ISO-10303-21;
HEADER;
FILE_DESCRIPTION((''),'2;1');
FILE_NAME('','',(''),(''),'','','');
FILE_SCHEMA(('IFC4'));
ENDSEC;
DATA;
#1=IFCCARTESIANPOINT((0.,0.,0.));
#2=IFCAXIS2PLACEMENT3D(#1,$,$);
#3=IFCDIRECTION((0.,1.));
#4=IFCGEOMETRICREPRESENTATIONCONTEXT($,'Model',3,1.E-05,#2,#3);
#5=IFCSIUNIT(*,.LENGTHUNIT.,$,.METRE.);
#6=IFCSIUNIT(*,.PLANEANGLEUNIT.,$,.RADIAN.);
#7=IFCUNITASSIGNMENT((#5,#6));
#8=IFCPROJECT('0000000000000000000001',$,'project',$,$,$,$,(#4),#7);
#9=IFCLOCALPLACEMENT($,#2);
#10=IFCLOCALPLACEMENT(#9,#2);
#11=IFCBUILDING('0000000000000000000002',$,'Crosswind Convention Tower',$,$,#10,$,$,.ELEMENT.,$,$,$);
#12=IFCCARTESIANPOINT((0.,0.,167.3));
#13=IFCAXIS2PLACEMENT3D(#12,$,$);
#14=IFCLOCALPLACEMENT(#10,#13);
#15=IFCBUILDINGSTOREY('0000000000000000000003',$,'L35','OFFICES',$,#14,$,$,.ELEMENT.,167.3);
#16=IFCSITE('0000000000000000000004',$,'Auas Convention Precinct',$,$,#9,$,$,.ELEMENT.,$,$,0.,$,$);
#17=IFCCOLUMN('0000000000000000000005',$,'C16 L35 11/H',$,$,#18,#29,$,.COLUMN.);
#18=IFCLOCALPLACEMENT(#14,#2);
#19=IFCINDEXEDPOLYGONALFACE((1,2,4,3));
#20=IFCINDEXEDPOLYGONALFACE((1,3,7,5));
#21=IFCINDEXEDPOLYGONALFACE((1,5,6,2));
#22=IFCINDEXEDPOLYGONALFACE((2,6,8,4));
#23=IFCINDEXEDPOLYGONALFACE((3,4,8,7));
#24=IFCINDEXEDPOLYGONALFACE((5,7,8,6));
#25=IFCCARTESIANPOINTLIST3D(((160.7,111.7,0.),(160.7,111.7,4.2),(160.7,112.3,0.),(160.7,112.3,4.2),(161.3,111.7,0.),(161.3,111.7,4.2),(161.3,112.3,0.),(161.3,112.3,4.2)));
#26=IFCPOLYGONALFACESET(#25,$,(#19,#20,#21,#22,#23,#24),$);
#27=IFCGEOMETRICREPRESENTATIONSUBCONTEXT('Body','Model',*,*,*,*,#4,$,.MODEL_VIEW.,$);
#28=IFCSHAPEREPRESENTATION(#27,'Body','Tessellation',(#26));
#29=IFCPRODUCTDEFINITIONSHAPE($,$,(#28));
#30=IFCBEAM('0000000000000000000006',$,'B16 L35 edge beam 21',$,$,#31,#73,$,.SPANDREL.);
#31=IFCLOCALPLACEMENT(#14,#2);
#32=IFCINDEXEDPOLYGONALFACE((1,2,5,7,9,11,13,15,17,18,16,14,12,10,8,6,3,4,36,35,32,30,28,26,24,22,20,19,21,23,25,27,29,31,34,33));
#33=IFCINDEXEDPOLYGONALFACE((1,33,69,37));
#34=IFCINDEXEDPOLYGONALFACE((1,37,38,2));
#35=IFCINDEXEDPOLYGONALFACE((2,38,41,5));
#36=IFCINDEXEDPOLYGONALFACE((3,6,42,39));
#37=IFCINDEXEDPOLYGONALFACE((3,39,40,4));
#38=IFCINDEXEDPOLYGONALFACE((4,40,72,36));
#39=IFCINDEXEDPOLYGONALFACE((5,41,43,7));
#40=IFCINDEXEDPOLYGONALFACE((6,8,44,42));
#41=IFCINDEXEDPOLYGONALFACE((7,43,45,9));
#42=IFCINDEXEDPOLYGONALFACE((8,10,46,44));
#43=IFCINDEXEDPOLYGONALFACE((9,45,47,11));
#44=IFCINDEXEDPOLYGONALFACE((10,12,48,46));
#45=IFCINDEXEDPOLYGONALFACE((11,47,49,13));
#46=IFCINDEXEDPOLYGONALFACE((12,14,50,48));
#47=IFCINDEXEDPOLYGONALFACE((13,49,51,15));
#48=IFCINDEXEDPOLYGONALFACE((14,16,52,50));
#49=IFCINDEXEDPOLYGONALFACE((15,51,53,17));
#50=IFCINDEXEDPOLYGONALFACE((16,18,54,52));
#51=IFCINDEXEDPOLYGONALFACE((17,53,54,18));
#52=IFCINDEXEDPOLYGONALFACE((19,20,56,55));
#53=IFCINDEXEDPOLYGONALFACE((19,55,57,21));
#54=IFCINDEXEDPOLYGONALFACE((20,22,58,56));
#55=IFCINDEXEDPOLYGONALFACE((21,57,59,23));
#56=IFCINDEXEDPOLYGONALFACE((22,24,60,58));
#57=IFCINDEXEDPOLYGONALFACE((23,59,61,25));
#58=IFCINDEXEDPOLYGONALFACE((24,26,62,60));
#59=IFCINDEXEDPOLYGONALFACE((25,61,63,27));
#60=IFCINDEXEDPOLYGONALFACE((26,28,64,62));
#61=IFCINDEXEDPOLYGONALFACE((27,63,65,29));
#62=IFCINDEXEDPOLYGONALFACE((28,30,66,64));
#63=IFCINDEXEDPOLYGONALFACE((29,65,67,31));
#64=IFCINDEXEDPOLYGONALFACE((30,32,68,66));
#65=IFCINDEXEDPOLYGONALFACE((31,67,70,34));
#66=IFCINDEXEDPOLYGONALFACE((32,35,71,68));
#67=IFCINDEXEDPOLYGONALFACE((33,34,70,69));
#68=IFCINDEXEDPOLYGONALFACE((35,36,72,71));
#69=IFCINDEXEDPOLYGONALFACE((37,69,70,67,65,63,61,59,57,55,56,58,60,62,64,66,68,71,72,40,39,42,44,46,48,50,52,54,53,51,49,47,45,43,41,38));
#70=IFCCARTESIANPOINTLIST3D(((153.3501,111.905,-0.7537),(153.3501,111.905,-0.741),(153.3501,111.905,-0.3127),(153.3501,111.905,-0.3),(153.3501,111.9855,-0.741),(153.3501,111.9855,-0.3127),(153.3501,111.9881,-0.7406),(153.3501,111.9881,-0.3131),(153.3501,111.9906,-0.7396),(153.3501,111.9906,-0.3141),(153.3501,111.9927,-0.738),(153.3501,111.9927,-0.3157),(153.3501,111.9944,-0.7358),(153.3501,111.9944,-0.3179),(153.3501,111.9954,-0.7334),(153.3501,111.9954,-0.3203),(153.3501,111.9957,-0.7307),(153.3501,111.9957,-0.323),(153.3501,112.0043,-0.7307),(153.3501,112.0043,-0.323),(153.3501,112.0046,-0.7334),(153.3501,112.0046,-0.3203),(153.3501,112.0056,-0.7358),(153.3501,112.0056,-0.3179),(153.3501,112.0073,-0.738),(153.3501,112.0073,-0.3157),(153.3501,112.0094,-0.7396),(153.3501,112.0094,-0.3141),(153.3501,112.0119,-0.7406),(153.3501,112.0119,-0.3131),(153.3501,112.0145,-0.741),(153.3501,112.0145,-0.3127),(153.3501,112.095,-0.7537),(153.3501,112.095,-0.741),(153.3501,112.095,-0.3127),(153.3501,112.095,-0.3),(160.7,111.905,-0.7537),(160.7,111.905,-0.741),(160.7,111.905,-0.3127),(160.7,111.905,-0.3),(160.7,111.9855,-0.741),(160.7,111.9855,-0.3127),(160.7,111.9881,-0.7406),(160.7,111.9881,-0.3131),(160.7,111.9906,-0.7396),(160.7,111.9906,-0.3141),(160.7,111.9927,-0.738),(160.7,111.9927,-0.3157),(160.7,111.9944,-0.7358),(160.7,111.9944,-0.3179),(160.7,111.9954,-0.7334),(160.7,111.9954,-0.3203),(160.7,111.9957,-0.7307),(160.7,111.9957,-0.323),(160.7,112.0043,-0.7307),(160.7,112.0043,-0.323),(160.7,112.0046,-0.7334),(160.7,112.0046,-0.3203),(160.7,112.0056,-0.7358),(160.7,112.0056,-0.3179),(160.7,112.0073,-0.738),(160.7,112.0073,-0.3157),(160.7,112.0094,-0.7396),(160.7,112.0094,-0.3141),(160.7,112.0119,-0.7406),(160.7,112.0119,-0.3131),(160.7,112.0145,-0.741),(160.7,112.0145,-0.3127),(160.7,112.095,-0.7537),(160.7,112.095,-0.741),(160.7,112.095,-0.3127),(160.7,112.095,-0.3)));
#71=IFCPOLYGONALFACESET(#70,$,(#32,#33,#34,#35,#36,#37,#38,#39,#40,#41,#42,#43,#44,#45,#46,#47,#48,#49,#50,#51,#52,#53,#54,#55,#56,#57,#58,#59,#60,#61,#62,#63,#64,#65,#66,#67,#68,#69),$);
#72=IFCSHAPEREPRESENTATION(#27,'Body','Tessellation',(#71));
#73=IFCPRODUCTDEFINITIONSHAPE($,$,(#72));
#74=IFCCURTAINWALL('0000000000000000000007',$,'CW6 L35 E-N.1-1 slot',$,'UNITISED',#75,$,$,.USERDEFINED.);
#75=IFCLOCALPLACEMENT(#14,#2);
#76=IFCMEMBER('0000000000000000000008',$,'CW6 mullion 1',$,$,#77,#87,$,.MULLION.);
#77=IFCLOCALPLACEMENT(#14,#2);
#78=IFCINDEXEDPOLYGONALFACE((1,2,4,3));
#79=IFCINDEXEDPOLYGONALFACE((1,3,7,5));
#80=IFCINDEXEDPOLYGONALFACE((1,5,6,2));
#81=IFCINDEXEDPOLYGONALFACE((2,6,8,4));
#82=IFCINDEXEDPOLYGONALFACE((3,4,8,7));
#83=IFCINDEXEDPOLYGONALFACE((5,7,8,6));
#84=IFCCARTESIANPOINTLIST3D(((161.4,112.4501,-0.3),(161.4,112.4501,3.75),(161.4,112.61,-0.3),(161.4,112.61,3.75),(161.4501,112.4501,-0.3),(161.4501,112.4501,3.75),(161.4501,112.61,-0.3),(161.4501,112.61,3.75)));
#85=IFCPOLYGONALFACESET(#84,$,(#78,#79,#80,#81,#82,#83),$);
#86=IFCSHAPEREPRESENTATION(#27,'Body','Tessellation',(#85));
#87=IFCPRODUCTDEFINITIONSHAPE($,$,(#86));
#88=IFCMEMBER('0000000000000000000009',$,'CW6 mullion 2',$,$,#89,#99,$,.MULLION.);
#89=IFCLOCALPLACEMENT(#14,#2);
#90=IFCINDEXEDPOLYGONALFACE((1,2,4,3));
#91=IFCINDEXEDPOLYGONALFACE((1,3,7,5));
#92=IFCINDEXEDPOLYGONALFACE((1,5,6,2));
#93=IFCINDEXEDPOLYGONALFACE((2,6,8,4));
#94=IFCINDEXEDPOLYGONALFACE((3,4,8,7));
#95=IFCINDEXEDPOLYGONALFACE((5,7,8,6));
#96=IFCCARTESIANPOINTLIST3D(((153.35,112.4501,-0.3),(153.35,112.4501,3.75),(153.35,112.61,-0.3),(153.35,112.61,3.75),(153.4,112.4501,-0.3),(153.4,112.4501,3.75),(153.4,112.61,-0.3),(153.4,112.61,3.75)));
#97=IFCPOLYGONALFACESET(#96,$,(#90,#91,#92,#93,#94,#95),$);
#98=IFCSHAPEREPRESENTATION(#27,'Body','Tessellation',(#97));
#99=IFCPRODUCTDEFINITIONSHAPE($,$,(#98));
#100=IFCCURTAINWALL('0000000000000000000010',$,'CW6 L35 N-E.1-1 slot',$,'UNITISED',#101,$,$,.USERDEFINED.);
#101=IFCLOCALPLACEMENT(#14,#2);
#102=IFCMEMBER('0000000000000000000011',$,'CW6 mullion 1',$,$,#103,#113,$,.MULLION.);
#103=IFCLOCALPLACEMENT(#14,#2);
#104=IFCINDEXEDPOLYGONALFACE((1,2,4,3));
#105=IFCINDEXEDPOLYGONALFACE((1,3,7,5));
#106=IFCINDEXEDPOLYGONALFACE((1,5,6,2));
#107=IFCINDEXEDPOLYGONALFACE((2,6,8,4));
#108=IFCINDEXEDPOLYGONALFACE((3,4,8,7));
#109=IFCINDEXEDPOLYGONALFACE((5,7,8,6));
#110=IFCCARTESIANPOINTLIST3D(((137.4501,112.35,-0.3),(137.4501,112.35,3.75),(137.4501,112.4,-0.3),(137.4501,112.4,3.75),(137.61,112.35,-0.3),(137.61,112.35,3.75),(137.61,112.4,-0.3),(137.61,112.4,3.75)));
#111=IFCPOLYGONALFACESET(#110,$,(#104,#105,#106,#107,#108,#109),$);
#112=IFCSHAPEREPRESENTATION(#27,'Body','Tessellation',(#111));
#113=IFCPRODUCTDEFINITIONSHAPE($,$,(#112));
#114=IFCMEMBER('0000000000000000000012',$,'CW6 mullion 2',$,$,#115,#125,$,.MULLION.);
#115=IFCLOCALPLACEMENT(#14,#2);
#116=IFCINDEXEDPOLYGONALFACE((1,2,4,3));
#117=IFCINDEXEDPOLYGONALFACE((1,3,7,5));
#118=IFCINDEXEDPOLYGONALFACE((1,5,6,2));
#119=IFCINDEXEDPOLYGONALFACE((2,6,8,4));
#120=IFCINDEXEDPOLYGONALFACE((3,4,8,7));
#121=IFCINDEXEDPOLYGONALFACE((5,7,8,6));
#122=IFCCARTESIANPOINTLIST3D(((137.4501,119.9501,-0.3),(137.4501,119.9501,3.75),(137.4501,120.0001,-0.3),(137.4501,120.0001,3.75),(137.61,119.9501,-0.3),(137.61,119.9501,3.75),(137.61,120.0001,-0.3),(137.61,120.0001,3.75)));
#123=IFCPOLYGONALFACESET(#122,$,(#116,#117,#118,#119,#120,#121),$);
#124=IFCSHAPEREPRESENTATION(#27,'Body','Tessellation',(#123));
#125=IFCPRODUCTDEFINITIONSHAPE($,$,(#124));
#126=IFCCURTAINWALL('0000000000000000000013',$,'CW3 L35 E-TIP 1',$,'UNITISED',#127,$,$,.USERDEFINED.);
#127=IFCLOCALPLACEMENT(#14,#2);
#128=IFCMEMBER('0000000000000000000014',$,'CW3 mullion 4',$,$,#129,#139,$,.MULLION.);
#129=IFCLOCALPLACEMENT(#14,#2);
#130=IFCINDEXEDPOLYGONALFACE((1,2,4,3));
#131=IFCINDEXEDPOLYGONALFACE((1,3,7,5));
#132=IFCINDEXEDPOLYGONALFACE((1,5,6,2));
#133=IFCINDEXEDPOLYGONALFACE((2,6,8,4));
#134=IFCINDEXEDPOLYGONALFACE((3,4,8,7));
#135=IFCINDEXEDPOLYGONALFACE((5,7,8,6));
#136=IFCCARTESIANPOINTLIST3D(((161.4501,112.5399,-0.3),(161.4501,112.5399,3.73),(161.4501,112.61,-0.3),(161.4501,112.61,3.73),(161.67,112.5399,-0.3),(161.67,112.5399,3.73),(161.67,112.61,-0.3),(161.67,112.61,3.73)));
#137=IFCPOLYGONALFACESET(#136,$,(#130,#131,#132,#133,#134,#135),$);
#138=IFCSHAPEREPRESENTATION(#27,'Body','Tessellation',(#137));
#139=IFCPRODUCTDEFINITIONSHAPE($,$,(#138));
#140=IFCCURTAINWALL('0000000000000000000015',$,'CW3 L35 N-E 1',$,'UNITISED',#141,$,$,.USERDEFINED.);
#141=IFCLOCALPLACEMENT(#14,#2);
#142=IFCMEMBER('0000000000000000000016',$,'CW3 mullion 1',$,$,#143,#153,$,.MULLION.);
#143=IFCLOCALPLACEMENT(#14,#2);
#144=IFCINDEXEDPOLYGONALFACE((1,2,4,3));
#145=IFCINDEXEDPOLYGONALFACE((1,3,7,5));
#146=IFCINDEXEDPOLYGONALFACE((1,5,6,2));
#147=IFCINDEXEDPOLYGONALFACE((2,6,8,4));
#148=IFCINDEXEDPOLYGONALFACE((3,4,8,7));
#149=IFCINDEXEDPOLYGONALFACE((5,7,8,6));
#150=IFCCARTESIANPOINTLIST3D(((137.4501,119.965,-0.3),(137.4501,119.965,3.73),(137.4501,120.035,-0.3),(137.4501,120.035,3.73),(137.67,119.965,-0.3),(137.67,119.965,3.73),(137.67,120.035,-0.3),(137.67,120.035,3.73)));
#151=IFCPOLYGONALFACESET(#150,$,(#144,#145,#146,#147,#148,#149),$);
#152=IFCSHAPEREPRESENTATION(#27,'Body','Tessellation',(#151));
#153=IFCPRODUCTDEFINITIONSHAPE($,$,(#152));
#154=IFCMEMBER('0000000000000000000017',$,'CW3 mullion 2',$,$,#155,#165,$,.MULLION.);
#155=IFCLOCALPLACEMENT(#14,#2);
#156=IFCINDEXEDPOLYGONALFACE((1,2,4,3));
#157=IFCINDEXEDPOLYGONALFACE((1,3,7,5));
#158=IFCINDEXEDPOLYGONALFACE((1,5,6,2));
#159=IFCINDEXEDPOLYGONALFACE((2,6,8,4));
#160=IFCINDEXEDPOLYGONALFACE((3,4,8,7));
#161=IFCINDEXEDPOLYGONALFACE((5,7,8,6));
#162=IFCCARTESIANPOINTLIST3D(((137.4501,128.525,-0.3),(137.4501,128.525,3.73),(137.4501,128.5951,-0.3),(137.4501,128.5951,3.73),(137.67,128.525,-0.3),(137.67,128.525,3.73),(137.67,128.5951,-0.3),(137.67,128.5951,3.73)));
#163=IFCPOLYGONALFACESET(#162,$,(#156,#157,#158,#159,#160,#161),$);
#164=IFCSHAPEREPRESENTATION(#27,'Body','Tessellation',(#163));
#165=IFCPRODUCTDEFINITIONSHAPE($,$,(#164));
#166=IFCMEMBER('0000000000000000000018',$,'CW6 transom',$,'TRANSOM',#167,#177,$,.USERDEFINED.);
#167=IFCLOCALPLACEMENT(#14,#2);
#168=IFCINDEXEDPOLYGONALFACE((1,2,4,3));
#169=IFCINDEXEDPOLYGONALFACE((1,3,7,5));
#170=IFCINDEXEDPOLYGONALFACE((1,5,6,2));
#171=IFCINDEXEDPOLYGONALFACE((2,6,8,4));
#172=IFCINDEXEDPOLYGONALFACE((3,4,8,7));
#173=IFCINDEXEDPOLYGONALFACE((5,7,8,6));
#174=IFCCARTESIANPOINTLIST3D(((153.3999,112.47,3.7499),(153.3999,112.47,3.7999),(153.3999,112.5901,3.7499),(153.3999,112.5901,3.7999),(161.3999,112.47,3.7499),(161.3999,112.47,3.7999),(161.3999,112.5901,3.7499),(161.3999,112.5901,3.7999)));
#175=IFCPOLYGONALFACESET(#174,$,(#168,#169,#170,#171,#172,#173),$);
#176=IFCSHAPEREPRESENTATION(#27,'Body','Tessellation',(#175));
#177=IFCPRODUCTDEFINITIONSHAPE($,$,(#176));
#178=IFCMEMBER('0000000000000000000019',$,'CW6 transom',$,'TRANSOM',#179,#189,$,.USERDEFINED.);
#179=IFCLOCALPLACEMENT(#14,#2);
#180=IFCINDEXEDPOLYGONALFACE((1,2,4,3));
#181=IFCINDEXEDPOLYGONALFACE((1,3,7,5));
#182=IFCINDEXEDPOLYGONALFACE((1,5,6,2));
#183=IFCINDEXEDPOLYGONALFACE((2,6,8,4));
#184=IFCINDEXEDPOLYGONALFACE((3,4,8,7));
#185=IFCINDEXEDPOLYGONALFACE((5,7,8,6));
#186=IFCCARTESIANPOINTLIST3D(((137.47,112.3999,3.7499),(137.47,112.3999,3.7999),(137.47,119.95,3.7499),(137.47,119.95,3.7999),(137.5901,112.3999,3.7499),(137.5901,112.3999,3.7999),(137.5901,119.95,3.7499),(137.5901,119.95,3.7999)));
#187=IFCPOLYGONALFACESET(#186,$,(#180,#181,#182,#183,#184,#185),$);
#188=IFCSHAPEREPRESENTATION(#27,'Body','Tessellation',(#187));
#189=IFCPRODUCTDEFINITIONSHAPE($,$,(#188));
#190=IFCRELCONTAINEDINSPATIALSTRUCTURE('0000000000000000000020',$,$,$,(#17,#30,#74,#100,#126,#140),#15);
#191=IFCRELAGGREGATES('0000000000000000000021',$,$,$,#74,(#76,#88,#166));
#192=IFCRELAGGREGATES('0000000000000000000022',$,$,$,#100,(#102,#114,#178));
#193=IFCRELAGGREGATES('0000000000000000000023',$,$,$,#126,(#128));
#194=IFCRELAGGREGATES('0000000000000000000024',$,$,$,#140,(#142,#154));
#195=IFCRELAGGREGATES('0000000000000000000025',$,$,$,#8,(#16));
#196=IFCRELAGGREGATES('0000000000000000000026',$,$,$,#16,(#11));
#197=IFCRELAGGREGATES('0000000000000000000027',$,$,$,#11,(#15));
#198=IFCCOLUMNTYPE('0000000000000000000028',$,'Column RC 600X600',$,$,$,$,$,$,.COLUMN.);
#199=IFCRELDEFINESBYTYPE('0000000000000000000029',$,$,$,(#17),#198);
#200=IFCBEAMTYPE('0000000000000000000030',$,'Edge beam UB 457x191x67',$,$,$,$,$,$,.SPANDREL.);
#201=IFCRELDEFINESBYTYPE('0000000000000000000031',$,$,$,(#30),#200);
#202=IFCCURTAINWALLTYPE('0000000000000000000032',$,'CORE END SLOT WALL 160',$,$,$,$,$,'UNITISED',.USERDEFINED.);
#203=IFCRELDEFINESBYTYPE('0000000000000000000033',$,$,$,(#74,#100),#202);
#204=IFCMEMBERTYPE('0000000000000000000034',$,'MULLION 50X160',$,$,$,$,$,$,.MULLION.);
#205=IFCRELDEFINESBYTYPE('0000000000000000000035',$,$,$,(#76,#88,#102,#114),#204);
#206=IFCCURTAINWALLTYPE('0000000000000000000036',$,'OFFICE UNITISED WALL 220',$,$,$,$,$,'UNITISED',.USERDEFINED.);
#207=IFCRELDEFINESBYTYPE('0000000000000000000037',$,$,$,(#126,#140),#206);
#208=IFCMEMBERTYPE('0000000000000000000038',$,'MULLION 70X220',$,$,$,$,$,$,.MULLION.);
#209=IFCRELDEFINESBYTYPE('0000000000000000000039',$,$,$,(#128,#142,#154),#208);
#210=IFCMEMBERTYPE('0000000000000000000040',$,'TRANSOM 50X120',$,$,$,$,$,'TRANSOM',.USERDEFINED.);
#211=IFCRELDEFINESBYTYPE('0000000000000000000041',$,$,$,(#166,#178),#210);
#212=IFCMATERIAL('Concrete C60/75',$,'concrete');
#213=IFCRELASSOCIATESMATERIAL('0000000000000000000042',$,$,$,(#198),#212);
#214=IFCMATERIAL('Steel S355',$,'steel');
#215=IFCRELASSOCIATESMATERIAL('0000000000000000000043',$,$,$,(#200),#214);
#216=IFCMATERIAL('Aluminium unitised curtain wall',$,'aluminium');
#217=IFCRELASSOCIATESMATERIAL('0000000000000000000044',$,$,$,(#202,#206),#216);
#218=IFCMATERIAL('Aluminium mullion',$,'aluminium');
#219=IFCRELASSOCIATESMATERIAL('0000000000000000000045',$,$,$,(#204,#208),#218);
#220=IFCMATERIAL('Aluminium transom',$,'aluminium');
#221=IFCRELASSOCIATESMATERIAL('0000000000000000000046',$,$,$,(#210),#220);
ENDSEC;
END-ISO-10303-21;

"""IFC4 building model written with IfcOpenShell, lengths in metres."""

from ifc_helpers import new_model, si_unit, direction, frame, origin, origin_2d, place, context, subcontext, project, spatial, rectangle, i_section, extrude, material, material_profile, profile_set, type_object, element, aggregate, save


model = new_model("IFC4")

# Units and contexts
model_context = context("Model", 3, precision=1e-05, world=origin(), true_north=direction((0.0, 1.0)))
body_context = subcontext(model_context, "Body", "Model", "MODEL_VIEW")
ifc_project = project(units=[si_unit("LENGTHUNIT", "METRE"), si_unit("PLANEANGLEUNIT", "RADIAN")], contexts=[model_context])

# Site, building, storey
site_placement = place(None, origin())
site = spatial("IfcSite", under=ifc_project, at=site_placement, Name="Auas Convention Precinct", CompositionType="ELEMENT", RefElevation=0.0)
building_placement = place(site_placement, origin())
building = spatial("IfcBuilding", under=site, at=building_placement, Name="Crosswind Convention Tower", CompositionType="ELEMENT")
storey_placement = place(building_placement, frame((0.0, 0.0, 167.3)))
storey = spatial("IfcBuildingStorey", under=building, at=storey_placement, Name="L35", Description="OFFICES", CompositionType="ELEMENT", Elevation=167.3)

# Column
ifc_material_1 = material(Name="Concrete C60/75", Category="concrete")
ifc_material_profile_1 = material_profile(ifc_material_1, rectangle(XDim=0.6001, YDim=0.6001, at=origin_2d()), Name="RC 600X600")
ifc_profile_set_1 = profile_set([ifc_material_profile_1], Name="Concrete C60/75")
column_type = type_object("IfcColumnType", Name="Column RC 600X600", PredefinedType="COLUMN", material=ifc_profile_set_1)
column_placement = place(storey_placement, frame((161.0, 112.0, 0.0), z_axis=(0.0, 0.0, 1.0), x_axis=(1.0, 0.0, 0.0)))
element("IfcColumn", 1, at=column_placement, inside=storey, type_object=column_type, Name="C16 L35 11/H", PredefinedType="COLUMN", context=body_context, shape_type="SweptSolid", body=[
    extrude(rectangle(XDim=0.6001, YDim=0.6001, at=origin_2d()), origin(), (0.0, 0.0, 1.0), 4.2),
])

# Beam
ifc_material_2 = material(Name="Steel S355", Category="steel")
ifc_material_profile_2 = material_profile(ifc_material_2, i_section(OverallWidth=0.1899, OverallDepth=0.4536, WebThickness=0.0085, FlangeThickness=0.0127, FilletRadius=0.0103, at=origin_2d()), Name="UB 457x191x67")
ifc_profile_set_2 = profile_set([ifc_material_profile_2], Name="Steel S355")
beam_type = type_object("IfcBeamType", Name="Edge beam UB 457x191x67", PredefinedType="SPANDREL", material=ifc_profile_set_2)
beam_placement = place(storey_placement, frame((153.3501, 112.0, -0.5269), z_axis=(1.0, 0.0, 0.0), x_axis=(0.0, 1.0, 0.0)))
element("IfcBeam", 2, at=beam_placement, inside=storey, type_object=beam_type, Name="B16 L35 edge beam 21", PredefinedType="SPANDREL", context=body_context, shape_type="SweptSolid", body=[
    extrude(i_section(OverallWidth=0.1899, OverallDepth=0.4536, WebThickness=0.0085, FlangeThickness=0.0127, FilletRadius=0.0103, at=origin_2d()), origin(), (0.0, 0.0, 1.0), 7.3499),
])

# Curtain walls, members
ifc_material_3 = material(Name="Aluminium unitised curtain wall", Category="aluminium")
curtain_wall_type_1 = type_object("IfcCurtainWallType", Name="CORE END SLOT WALL 160", ElementType="UNITISED", PredefinedType="USERDEFINED", material=ifc_material_3)
curtain_wall_1_placement = place(storey_placement, origin())
curtain_wall_1 = element("IfcCurtainWall", 3, at=curtain_wall_1_placement, inside=storey, type_object=curtain_wall_type_1, Name="CW6 L35 E-N.1-1 slot", ObjectType="UNITISED", PredefinedType="USERDEFINED")
ifc_material_4 = material(Name="Aluminium mullion", Category="aluminium")
ifc_material_profile_3 = material_profile(ifc_material_4, rectangle(XDim=0.1599, YDim=0.05, at=origin_2d()), Name="AL 160X50")
ifc_profile_set_3 = profile_set([ifc_material_profile_3], Name="Aluminium mullion")
member_type_1 = type_object("IfcMemberType", Name="MULLION 50X160", PredefinedType="MULLION", material=ifc_profile_set_3)
member_1_placement = place(storey_placement, frame((161.425, 112.53, -0.3), z_axis=(0.0, 0.0, 1.0), x_axis=(0.0, 1.0, 0.0)))
member_1 = element("IfcMember", 4, at=member_1_placement, type_object=member_type_1, Name="CW6 mullion 1", PredefinedType="MULLION", context=body_context, shape_type="SweptSolid", body=[
    extrude(rectangle(XDim=0.1599, YDim=0.05, at=origin_2d()), origin(), (0.0, 0.0, 1.0), 4.05),
])
member_2_placement = place(storey_placement, frame((153.375, 112.53, -0.3), z_axis=(0.0, 0.0, 1.0), x_axis=(0.0, 1.0, 0.0)))
member_2 = element("IfcMember", 5, at=member_2_placement, type_object=member_type_1, Name="CW6 mullion 2", PredefinedType="MULLION", context=body_context, shape_type="SweptSolid", body=[
    extrude(rectangle(XDim=0.1599, YDim=0.05, at=origin_2d()), origin(), (0.0, 0.0, 1.0), 4.05),
])
curtain_wall_2_placement = place(storey_placement, origin())
curtain_wall_2 = element("IfcCurtainWall", 6, at=curtain_wall_2_placement, inside=storey, type_object=curtain_wall_type_1, Name="CW6 L35 N-E.1-1 slot", ObjectType="UNITISED", PredefinedType="USERDEFINED")
member_3_placement = place(storey_placement, frame((137.53, 112.375, -0.3), z_axis=(0.0, 0.0, 1.0), x_axis=(1.0, 0.0, 0.0)))
member_3 = element("IfcMember", 7, at=member_3_placement, type_object=member_type_1, Name="CW6 mullion 1", PredefinedType="MULLION", context=body_context, shape_type="SweptSolid", body=[
    extrude(rectangle(XDim=0.1599, YDim=0.05, at=origin_2d()), origin(), (0.0, 0.0, 1.0), 4.05),
])
member_4_placement = place(storey_placement, frame((137.53, 119.9751, -0.3), z_axis=(0.0, 0.0, 1.0), x_axis=(1.0, 0.0, 0.0)))
member_4 = element("IfcMember", 8, at=member_4_placement, type_object=member_type_1, Name="CW6 mullion 2", PredefinedType="MULLION", context=body_context, shape_type="SweptSolid", body=[
    extrude(rectangle(XDim=0.1599, YDim=0.05, at=origin_2d()), origin(), (0.0, 0.0, 1.0), 4.05),
])

# Curtain wall, member
curtain_wall_type_2 = type_object("IfcCurtainWallType", Name="OFFICE UNITISED WALL 220", ElementType="UNITISED", PredefinedType="USERDEFINED", material=ifc_material_3)
curtain_wall_3_placement = place(storey_placement, origin())
curtain_wall_3 = element("IfcCurtainWall", 9, at=curtain_wall_3_placement, inside=storey, type_object=curtain_wall_type_2, Name="CW3 L35 E-TIP 1", ObjectType="UNITISED", PredefinedType="USERDEFINED")
ifc_material_profile_4 = material_profile(ifc_material_4, rectangle(XDim=0.22, YDim=0.0701, at=origin_2d()), Name="AL 220X70")
ifc_profile_set_4 = profile_set([ifc_material_profile_4], Name="Aluminium mullion")
member_type_2 = type_object("IfcMemberType", Name="MULLION 70X220", PredefinedType="MULLION", material=ifc_profile_set_4)
member_5_placement = place(storey_placement, frame((161.5601, 112.575, -0.3), z_axis=(0.0, 0.0, 1.0), x_axis=(1.0, 0.0, 0.0)))
member_5 = element("IfcMember", 10, at=member_5_placement, type_object=member_type_2, Name="CW3 mullion 4", PredefinedType="MULLION", context=body_context, shape_type="SweptSolid", body=[
    extrude(rectangle(XDim=0.22, YDim=0.0701, at=origin_2d()), origin(), (0.0, 0.0, 1.0), 4.03),
])

# Curtain wall, members
curtain_wall_4_placement = place(storey_placement, origin())
curtain_wall_4 = element("IfcCurtainWall", 11, at=curtain_wall_4_placement, inside=storey, type_object=curtain_wall_type_2, Name="CW3 L35 N-E 1", ObjectType="UNITISED", PredefinedType="USERDEFINED")
member_6_placement = place(storey_placement, frame((137.5601, 120.0, -0.3), z_axis=(0.0, 0.0, 1.0), x_axis=(1.0, 0.0, 0.0)))
member_6 = element("IfcMember", 12, at=member_6_placement, type_object=member_type_2, Name="CW3 mullion 1", PredefinedType="MULLION", context=body_context, shape_type="SweptSolid", body=[
    extrude(rectangle(XDim=0.22, YDim=0.0701, at=origin_2d()), origin(), (0.0, 0.0, 1.0), 4.03),
])
member_7_placement = place(storey_placement, frame((137.5601, 128.5601, -0.3), z_axis=(0.0, 0.0, 1.0), x_axis=(1.0, 0.0, 0.0)))
member_7 = element("IfcMember", 13, at=member_7_placement, type_object=member_type_2, Name="CW3 mullion 2", PredefinedType="MULLION", context=body_context, shape_type="SweptSolid", body=[
    extrude(rectangle(XDim=0.22, YDim=0.0701, at=origin_2d()), origin(), (0.0, 0.0, 1.0), 4.03),
])

# Members
ifc_material_5 = material(Name="Aluminium transom", Category="aluminium")
ifc_material_profile_5 = material_profile(ifc_material_5, rectangle(XDim=0.1201, YDim=0.05, at=origin_2d()), Name="AL 120X50")
ifc_profile_set_5 = profile_set([ifc_material_profile_5], Name="Aluminium transom")
member_type_3 = type_object("IfcMemberType", Name="TRANSOM 50X120", ElementType="TRANSOM", PredefinedType="USERDEFINED", material=ifc_profile_set_5)
member_8_placement = place(storey_placement, frame((161.3999, 112.53, 3.7749), z_axis=(-1.0, 0.0, 0.0), x_axis=(0.0, -1.0, 0.0)))
member_8 = element("IfcMember", 14, at=member_8_placement, type_object=member_type_3, Name="CW6 transom", ObjectType="TRANSOM", PredefinedType="USERDEFINED", context=body_context, shape_type="SweptSolid", body=[
    extrude(rectangle(XDim=0.1201, YDim=0.05, at=origin_2d()), origin(), (0.0, 0.0, 1.0), 8.0),
])
member_9_placement = place(storey_placement, frame((137.53, 112.3999, 3.7749), z_axis=(0.0, 1.0, 0.0), x_axis=(-1.0, 0.0, 0.0)))
member_9 = element("IfcMember", 15, at=member_9_placement, type_object=member_type_3, Name="CW6 transom", ObjectType="TRANSOM", PredefinedType="USERDEFINED", context=body_context, shape_type="SweptSolid", body=[
    extrude(rectangle(XDim=0.1201, YDim=0.05, at=origin_2d()), origin(), (0.0, 0.0, 1.0), 7.55),
])

aggregate(curtain_wall_1, [member_1, member_2, member_8])
aggregate(curtain_wall_2, [member_3, member_4, member_9])
aggregate(curtain_wall_3, [member_5])

aggregate(curtain_wall_4, [member_6, member_7])

save(model, "model.ifc")
